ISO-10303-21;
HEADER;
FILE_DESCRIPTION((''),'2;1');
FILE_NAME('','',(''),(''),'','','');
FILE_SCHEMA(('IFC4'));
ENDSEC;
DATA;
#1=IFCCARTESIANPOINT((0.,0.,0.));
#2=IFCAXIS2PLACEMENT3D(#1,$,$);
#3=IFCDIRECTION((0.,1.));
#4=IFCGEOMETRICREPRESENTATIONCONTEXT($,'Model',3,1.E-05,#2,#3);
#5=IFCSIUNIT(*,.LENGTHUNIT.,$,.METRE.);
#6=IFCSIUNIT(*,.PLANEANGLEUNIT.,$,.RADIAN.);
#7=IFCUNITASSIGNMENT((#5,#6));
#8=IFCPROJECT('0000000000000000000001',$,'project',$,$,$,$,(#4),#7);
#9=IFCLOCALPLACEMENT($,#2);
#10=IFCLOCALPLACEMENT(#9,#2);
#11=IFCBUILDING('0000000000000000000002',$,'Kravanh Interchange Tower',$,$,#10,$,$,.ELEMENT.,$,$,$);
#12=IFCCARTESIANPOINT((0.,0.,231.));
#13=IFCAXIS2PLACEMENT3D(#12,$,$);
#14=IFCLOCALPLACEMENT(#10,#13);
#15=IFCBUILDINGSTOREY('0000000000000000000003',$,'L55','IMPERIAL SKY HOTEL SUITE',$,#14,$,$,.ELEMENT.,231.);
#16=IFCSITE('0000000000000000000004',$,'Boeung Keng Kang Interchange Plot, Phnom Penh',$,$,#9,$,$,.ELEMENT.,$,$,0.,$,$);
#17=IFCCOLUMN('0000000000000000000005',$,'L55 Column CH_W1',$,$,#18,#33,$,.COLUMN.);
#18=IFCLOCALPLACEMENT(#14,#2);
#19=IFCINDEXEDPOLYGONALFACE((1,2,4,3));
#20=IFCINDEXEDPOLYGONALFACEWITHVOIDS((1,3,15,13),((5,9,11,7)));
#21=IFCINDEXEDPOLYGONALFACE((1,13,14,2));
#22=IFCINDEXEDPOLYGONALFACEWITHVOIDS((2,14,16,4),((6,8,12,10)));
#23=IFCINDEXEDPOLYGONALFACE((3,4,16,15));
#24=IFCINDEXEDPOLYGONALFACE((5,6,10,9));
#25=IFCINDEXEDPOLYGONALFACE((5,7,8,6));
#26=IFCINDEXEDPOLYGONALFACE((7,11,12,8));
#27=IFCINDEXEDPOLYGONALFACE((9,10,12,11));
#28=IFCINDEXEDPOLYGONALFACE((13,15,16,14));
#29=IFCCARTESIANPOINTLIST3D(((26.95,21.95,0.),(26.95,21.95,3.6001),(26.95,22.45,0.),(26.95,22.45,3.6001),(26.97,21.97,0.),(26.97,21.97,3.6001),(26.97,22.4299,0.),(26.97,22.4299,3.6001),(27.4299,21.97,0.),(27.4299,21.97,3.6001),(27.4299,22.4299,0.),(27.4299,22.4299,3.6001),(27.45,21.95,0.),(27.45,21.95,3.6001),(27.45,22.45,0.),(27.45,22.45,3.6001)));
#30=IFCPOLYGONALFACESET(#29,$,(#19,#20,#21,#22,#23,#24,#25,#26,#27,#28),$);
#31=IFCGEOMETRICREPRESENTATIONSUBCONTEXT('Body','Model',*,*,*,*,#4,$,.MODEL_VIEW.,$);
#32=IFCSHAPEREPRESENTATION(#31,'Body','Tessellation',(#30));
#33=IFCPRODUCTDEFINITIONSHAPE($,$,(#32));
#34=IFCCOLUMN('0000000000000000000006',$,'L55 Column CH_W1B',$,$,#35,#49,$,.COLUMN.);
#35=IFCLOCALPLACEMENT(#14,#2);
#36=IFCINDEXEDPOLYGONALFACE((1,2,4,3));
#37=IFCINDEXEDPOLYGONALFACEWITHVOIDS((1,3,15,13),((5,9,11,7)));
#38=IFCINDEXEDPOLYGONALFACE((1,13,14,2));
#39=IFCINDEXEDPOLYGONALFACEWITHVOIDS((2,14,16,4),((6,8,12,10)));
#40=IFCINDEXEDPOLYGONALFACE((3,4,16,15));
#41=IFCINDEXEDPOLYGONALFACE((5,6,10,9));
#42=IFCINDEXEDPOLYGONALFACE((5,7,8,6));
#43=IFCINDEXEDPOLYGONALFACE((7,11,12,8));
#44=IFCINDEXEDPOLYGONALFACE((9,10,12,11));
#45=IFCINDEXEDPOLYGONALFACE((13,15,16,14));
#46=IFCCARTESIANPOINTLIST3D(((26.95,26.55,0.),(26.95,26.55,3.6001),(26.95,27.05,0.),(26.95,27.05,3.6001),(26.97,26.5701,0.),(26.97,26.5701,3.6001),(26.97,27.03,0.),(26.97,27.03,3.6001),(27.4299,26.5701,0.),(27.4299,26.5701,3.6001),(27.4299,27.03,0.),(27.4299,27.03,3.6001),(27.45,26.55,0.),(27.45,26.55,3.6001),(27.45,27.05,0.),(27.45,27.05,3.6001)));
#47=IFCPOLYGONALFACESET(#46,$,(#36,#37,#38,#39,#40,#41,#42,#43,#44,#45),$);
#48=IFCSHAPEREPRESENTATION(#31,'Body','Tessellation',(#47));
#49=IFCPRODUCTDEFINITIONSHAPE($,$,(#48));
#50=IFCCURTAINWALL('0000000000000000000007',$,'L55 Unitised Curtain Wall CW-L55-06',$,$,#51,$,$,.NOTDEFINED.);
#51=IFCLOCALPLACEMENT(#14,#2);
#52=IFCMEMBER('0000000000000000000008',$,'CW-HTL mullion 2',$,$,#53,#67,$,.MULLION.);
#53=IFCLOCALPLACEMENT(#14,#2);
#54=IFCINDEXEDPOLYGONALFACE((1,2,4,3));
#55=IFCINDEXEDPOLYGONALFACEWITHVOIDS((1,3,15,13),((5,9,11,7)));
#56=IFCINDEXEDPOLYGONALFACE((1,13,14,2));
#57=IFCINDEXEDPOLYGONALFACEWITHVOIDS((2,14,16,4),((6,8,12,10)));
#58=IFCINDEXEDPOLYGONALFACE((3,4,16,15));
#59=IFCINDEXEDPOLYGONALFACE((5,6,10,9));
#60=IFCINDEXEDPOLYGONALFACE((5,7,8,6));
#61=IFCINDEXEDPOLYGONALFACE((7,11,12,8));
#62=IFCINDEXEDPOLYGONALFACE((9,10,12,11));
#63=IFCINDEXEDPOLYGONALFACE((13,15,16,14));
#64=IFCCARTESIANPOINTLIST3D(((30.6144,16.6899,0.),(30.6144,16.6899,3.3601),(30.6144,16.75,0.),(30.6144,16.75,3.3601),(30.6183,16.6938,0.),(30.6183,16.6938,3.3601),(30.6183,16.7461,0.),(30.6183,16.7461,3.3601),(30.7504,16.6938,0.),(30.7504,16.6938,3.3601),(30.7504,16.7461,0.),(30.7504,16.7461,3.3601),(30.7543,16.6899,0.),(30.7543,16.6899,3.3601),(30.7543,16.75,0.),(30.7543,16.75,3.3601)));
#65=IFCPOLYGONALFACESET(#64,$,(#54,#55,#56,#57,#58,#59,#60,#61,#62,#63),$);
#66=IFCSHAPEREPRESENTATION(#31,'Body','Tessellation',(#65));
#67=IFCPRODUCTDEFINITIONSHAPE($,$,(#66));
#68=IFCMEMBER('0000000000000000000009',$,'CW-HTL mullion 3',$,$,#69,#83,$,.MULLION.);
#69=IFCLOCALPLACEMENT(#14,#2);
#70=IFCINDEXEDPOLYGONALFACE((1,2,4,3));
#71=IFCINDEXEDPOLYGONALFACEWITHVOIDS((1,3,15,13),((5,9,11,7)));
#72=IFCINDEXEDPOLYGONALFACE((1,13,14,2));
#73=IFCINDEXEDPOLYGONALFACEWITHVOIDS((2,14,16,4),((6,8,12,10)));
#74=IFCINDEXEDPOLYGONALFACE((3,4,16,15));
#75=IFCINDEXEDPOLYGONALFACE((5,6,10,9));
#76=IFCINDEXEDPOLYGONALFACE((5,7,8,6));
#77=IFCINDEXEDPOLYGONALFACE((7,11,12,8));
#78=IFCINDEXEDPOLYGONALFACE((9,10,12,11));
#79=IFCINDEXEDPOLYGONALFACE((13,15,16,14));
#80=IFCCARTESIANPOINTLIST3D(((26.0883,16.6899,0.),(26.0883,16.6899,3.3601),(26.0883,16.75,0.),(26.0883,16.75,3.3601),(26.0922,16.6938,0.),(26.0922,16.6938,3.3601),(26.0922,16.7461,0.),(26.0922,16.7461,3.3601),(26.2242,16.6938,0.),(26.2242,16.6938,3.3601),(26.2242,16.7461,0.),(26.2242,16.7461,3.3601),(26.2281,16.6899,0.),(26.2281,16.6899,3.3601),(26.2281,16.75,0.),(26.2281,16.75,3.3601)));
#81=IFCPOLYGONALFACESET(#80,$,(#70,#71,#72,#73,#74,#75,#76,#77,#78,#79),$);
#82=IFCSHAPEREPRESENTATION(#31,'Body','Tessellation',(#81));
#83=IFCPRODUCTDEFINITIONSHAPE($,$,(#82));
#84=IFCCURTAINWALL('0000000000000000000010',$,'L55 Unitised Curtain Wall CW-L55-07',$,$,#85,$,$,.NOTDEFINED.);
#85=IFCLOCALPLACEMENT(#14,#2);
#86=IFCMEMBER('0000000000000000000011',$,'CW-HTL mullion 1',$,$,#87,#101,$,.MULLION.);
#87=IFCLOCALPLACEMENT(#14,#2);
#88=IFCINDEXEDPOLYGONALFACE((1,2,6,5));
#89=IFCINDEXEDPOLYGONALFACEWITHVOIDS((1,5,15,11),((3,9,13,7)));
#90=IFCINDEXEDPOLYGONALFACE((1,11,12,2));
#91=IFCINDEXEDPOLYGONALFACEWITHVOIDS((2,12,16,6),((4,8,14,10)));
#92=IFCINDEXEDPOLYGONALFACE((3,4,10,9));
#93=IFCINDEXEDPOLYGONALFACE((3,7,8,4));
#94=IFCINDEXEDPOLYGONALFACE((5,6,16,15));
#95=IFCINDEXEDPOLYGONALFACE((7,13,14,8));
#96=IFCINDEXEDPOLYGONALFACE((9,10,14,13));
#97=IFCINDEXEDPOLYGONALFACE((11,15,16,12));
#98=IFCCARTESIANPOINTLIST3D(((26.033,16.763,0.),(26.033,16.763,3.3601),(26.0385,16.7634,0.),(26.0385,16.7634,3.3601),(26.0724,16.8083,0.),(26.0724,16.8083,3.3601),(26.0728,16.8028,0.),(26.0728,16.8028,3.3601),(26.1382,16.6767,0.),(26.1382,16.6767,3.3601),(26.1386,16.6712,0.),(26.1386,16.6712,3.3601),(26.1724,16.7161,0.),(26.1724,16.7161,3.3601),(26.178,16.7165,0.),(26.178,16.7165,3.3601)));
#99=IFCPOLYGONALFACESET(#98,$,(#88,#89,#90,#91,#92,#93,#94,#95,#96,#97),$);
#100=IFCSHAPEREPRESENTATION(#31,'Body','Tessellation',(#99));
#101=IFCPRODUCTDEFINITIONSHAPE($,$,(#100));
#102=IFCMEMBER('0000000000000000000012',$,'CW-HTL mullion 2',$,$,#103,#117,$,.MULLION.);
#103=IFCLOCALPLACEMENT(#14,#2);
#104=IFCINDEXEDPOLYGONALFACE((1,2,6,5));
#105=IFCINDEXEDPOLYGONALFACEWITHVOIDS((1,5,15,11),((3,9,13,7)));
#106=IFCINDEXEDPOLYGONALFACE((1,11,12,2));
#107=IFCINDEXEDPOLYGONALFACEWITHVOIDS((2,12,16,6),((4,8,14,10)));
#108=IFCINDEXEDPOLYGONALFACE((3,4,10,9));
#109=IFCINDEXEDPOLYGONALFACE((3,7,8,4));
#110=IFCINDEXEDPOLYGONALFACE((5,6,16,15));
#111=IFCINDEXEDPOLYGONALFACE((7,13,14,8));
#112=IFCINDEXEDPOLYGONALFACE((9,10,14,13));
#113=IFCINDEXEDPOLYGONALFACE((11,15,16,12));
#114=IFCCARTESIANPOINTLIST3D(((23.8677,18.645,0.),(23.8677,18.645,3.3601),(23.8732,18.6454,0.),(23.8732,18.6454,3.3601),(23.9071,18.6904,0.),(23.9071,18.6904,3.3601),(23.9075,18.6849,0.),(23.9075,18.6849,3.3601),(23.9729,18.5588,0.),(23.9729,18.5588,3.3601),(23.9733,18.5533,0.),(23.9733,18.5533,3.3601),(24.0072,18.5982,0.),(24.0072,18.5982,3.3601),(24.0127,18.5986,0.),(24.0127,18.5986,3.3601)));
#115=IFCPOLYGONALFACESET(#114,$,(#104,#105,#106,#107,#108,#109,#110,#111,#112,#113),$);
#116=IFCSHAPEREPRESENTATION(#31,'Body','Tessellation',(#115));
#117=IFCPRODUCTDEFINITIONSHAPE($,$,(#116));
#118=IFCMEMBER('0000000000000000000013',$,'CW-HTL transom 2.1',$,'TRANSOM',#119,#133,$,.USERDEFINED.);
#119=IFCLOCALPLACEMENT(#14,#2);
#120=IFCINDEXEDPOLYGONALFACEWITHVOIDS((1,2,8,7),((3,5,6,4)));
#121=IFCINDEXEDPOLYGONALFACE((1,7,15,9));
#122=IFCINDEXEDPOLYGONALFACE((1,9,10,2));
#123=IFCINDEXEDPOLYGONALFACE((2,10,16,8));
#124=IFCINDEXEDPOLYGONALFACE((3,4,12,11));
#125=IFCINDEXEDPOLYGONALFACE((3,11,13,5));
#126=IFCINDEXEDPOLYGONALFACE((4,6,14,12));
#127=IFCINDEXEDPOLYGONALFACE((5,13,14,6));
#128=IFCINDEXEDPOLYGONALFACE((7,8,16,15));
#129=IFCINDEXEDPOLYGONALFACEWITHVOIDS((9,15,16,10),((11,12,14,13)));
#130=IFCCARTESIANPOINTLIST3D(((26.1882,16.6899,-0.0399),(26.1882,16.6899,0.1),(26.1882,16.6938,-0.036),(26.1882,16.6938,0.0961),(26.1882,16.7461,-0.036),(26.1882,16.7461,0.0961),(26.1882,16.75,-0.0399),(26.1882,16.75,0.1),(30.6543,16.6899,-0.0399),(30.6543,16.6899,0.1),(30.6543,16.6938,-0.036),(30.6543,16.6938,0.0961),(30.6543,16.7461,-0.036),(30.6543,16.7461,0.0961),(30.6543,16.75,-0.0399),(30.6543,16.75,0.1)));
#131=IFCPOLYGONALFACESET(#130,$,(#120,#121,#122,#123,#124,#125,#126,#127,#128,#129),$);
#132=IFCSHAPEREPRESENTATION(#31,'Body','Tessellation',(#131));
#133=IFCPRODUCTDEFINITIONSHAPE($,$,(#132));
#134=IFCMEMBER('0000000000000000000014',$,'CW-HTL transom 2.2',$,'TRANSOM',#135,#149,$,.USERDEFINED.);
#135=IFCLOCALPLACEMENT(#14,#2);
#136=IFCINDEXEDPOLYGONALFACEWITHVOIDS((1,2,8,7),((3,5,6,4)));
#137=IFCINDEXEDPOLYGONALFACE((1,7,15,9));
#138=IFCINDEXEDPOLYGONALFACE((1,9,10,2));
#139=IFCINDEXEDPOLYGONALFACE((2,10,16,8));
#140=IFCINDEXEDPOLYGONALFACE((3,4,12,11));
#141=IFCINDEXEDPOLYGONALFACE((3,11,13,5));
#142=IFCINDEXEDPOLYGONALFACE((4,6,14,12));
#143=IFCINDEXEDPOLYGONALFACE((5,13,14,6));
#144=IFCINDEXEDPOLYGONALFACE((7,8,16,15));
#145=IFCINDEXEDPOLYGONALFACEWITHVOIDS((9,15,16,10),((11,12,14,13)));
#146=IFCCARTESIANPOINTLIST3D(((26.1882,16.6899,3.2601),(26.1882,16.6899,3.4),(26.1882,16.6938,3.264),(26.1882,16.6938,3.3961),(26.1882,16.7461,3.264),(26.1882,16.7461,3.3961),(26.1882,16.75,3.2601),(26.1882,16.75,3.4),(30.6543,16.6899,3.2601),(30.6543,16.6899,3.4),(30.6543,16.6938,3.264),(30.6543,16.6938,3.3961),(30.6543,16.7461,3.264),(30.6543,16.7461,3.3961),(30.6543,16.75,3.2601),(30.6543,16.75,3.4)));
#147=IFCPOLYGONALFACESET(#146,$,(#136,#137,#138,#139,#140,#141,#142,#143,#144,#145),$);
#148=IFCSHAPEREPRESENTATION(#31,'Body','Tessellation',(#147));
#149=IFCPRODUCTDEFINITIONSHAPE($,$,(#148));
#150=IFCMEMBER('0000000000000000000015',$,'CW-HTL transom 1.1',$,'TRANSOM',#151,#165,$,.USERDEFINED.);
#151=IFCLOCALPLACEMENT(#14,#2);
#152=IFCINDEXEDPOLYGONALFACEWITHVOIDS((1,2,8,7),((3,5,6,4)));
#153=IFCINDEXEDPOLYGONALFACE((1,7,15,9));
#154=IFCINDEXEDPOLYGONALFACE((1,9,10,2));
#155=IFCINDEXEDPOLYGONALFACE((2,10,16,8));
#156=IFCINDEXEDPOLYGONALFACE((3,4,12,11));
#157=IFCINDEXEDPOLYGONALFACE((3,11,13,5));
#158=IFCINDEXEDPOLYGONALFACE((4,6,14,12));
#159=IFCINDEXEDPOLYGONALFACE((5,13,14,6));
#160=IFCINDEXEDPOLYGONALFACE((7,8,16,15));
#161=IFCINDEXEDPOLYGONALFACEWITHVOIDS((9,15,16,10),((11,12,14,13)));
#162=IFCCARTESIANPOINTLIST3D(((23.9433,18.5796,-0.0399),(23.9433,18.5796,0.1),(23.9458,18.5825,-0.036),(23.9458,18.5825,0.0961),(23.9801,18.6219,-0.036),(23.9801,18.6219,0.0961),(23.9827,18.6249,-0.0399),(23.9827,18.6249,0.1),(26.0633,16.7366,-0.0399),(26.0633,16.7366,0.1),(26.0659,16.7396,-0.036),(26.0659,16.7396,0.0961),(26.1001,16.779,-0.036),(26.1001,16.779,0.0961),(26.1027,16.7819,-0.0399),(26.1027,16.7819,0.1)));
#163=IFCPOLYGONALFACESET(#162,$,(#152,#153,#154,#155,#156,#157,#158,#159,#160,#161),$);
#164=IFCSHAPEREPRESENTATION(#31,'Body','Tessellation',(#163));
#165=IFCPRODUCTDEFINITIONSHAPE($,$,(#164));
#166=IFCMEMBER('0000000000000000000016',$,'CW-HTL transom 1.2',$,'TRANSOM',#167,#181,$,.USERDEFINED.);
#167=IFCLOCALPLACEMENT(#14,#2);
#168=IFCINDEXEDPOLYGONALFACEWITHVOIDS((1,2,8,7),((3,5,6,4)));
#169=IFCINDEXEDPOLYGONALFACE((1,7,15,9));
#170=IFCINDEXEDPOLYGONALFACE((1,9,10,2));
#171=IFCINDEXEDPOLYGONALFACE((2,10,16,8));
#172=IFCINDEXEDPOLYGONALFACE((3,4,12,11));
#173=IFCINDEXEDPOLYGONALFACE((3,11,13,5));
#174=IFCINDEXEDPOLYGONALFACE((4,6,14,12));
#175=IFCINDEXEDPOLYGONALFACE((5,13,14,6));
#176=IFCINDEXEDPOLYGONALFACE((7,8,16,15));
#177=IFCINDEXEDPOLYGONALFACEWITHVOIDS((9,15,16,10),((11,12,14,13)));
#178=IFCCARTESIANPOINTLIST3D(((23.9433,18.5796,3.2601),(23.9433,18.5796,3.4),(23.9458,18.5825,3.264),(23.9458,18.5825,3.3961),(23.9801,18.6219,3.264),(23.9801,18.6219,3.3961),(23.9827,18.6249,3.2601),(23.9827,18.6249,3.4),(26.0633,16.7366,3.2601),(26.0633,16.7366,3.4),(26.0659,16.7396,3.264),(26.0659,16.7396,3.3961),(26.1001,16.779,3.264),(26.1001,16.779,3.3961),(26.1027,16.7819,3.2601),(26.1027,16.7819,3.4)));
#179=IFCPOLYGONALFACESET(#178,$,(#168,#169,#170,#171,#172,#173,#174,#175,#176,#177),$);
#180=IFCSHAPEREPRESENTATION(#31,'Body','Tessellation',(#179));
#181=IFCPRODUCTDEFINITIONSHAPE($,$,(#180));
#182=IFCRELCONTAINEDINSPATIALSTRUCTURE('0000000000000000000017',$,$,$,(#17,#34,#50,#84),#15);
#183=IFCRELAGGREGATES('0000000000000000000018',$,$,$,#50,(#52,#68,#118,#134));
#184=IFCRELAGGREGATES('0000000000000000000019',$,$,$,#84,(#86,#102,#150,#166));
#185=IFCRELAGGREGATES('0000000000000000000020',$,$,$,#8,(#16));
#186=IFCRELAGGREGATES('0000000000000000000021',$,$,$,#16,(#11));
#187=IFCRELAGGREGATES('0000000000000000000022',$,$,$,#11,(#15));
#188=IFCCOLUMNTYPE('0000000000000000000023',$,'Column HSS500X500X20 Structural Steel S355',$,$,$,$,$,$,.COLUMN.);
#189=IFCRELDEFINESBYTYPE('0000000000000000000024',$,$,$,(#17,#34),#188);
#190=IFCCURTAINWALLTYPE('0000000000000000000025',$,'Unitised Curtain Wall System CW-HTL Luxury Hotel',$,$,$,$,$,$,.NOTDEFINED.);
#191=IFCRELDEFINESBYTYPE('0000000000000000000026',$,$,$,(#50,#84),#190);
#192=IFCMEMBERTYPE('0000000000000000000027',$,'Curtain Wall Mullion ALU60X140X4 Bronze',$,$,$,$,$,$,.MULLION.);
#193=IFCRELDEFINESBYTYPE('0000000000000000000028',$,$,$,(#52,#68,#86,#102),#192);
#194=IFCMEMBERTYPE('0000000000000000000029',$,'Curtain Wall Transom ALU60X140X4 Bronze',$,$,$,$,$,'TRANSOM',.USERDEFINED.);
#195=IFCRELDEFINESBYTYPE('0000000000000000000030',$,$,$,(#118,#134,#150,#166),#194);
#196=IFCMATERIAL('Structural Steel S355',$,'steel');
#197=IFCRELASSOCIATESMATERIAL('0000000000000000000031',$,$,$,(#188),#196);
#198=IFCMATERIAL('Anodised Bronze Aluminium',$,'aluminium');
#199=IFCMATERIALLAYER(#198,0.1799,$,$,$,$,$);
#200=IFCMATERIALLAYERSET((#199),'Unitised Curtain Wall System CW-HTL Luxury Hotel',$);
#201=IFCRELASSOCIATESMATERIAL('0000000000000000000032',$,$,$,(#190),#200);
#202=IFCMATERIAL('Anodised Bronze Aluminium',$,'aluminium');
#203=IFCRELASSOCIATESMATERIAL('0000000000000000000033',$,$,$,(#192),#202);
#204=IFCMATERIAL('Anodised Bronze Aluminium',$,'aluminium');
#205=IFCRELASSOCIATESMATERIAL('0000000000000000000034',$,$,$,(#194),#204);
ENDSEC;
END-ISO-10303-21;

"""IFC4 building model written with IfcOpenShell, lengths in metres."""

from ifc_helpers import new_model, si_unit, direction, frame, origin, origin_2d, place, context, subcontext, project, spatial, hollow_rectangle, extrude, material, layer, layer_set, material_profile, profile_set, type_object, element, aggregate, save


model = new_model("IFC4")

# Units and contexts
model_context = context("Model", 3, precision=1e-05, world=origin(), true_north=direction((0.0, 1.0)))
body_context = subcontext(model_context, "Body", "Model", "MODEL_VIEW")
ifc_project = project(units=[si_unit("LENGTHUNIT", "METRE"), si_unit("PLANEANGLEUNIT", "RADIAN")], contexts=[model_context])

# Site, building, storey
site_placement = place(None, origin())
site = spatial("IfcSite", under=ifc_project, at=site_placement, Name="Boeung Keng Kang Interchange Plot, Phnom Penh", CompositionType="ELEMENT", RefElevation=0.0)
building_placement = place(site_placement, origin())
building = spatial("IfcBuilding", under=site, at=building_placement, Name="Kravanh Interchange Tower", CompositionType="ELEMENT")
storey_placement = place(building_placement, frame((0.0, 0.0, 231.0)))
storey = spatial("IfcBuildingStorey", under=building, at=storey_placement, Name="L55", Description="IMPERIAL SKY HOTEL SUITE", CompositionType="ELEMENT", Elevation=231.0)

# Columns
ifc_material_1 = material(Name="Structural Steel S355", Category="steel")
ifc_material_profile_1 = material_profile(ifc_material_1, hollow_rectangle(XDim=0.5, YDim=0.5, WallThickness=0.02, at=origin_2d()), Name="HSS500X500X20")
ifc_profile_set_1 = profile_set([ifc_material_profile_1], Name="Structural Steel S355")
column_type = type_object("IfcColumnType", Name="Column HSS500X500X20 Structural Steel S355", PredefinedType="COLUMN", material=ifc_profile_set_1)
for number, where, z_axis, x_axis, name in (
    (1, (27.2, 22.2, 0.0), (0.0, 0.0, 1.0), (1.0, 0.0, 0.0), "L55 Column CH_W1"),
    (2, (27.2, 26.8, 0.0), (0.0, 0.0, 1.0), (1.0, 0.0, 0.0), "L55 Column CH_W1B"),
):
    element("IfcColumn", number, at=place(storey_placement, frame(where, z_axis=z_axis, x_axis=x_axis)), inside=storey, type_object=column_type, Name=name, PredefinedType="COLUMN", context=body_context, shape_type="SweptSolid", body=[
        extrude(hollow_rectangle(XDim=0.5, YDim=0.5, WallThickness=0.02, at=origin_2d()), origin(), (0.0, 0.0, 1.0), 3.6001),
    ])

# Curtain walls, members
ifc_material_2 = material(Name="Anodised Bronze Aluminium", Category="aluminium")
ifc_layer_1 = layer(ifc_material_2, 0.1799)
ifc_layer_set_1 = layer_set([ifc_layer_1], Name="Unitised Curtain Wall System CW-HTL Luxury Hotel")
curtain_wall_type = type_object("IfcCurtainWallType", Name="Unitised Curtain Wall System CW-HTL Luxury Hotel", PredefinedType="NOTDEFINED", material=ifc_layer_set_1)
curtain_wall_1_placement = place(storey_placement, origin())
curtain_wall_1 = element("IfcCurtainWall", 3, at=curtain_wall_1_placement, inside=storey, type_object=curtain_wall_type, Name="L55 Unitised Curtain Wall CW-L55-06", PredefinedType="NOTDEFINED")
ifc_material_3 = material(Name="Anodised Bronze Aluminium", Category="aluminium")
ifc_material_profile_2 = material_profile(ifc_material_3, hollow_rectangle(XDim=0.0601, YDim=0.1399, WallThickness=0.0039, at=origin_2d()), Name="ALU60X140X4")
ifc_profile_set_2 = profile_set([ifc_material_profile_2], Name="Anodised Bronze Aluminium")
member_type_1 = type_object("IfcMemberType", Name="Curtain Wall Mullion ALU60X140X4 Bronze", PredefinedType="MULLION", material=ifc_profile_set_2)
member_1_placement = place(storey_placement, frame((30.6843, 16.72, 0.0), z_axis=(0.0, 0.0, 1.0), x_axis=(0.0, -1.0, 0.0)))
member_1 = element("IfcMember", 4, at=member_1_placement, type_object=member_type_1, Name="CW-HTL mullion 2", PredefinedType="MULLION", context=body_context, shape_type="SweptSolid", body=[
    extrude(hollow_rectangle(XDim=0.0601, YDim=0.1399, WallThickness=0.0039, at=origin_2d()), origin(), (0.0, 0.0, 1.0), 3.3601),
])
member_2_placement = place(storey_placement, frame((26.1582, 16.72, 0.0), z_axis=(0.0, 0.0, 1.0), x_axis=(0.0, -1.0, 0.0)))
member_2 = element("IfcMember", 5, at=member_2_placement, type_object=member_type_1, Name="CW-HTL mullion 3", PredefinedType="MULLION", context=body_context, shape_type="SweptSolid", body=[
    extrude(hollow_rectangle(XDim=0.0601, YDim=0.1399, WallThickness=0.0039, at=origin_2d()), origin(), (0.0, 0.0, 1.0), 3.3601),
])
curtain_wall_2_placement = place(storey_placement, origin())
curtain_wall_2 = element("IfcCurtainWall", 6, at=curtain_wall_2_placement, inside=storey, type_object=curtain_wall_type, Name="L55 Unitised Curtain Wall CW-L55-07", PredefinedType="NOTDEFINED")
member_3_placement = place(storey_placement, frame((26.1055, 16.7397, 0.0), z_axis=(0.0, 0.0, 1.0), x_axis=(-0.656033, -0.754732, 0.0)))
member_3 = element("IfcMember", 7, at=member_3_placement, type_object=member_type_1, Name="CW-HTL mullion 1", PredefinedType="MULLION", context=body_context, shape_type="SweptSolid", body=[
    extrude(hollow_rectangle(XDim=0.0601, YDim=0.1399, WallThickness=0.0039, at=origin_2d()), origin(), (0.0, 0.0, 1.0), 3.3601),
])
member_4_placement = place(storey_placement, frame((23.9402, 18.6218, 0.0), z_axis=(0.0, 0.0, 1.0), x_axis=(-0.656033, -0.754732, 0.0)))
member_4 = element("IfcMember", 8, at=member_4_placement, type_object=member_type_1, Name="CW-HTL mullion 2", PredefinedType="MULLION", context=body_context, shape_type="SweptSolid", body=[
    extrude(hollow_rectangle(XDim=0.0601, YDim=0.1399, WallThickness=0.0039, at=origin_2d()), origin(), (0.0, 0.0, 1.0), 3.3601),
])

# Members
ifc_material_4 = material(Name="Anodised Bronze Aluminium", Category="aluminium")
ifc_material_profile_3 = material_profile(ifc_material_4, hollow_rectangle(XDim=0.0601, YDim=0.1399, WallThickness=0.0039, at=origin_2d()), Name="ALU60X140X4")
ifc_profile_set_3 = profile_set([ifc_material_profile_3], Name="Anodised Bronze Aluminium")
member_type_2 = type_object("IfcMemberType", Name="Curtain Wall Transom ALU60X140X4 Bronze", ElementType="TRANSOM", PredefinedType="USERDEFINED", material=ifc_profile_set_3)
member_5_placement = place(storey_placement, frame((30.6543, 16.72, 0.03), z_axis=(-1.0, 0.0, 0.0), x_axis=(0.0, -1.0, 0.0)))
member_5 = element("IfcMember", 9, at=member_5_placement, type_object=member_type_2, Name="CW-HTL transom 2.1", ObjectType="TRANSOM", PredefinedType="USERDEFINED", context=body_context, shape_type="SweptSolid", body=[
    extrude(hollow_rectangle(XDim=0.0601, YDim=0.1399, WallThickness=0.0039, at=origin_2d()), origin(), (0.0, 0.0, 1.0), 4.4661),
])
member_6_placement = place(storey_placement, frame((30.6543, 16.72, 3.3301), z_axis=(-1.0, 0.0, 0.0), x_axis=(0.0, -1.0, 0.0)))
member_6 = element("IfcMember", 10, at=member_6_placement, type_object=member_type_2, Name="CW-HTL transom 2.2", ObjectType="TRANSOM", PredefinedType="USERDEFINED", context=body_context, shape_type="SweptSolid", body=[
    extrude(hollow_rectangle(XDim=0.0601, YDim=0.1399, WallThickness=0.0039, at=origin_2d()), origin(), (0.0, 0.0, 1.0), 4.4661),
])
member_7_placement = place(storey_placement, frame((26.083, 16.7593, 0.03), z_axis=(-0.754705, 0.656065, 0.0), x_axis=(-0.656065, -0.754705, 0.0)))
member_7 = element("IfcMember", 11, at=member_7_placement, type_object=member_type_2, Name="CW-HTL transom 1.1", ObjectType="TRANSOM", PredefinedType="USERDEFINED", context=body_context, shape_type="SweptSolid", body=[
    extrude(hollow_rectangle(XDim=0.0601, YDim=0.1399, WallThickness=0.0039, at=origin_2d()), origin(), (0.0, 0.0, 1.0), 2.8091),
])
member_8_placement = place(storey_placement, frame((26.083, 16.7593, 3.3301), z_axis=(-0.754705, 0.656065, 0.0), x_axis=(-0.656065, -0.754705, 0.0)))
member_8 = element("IfcMember", 12, at=member_8_placement, type_object=member_type_2, Name="CW-HTL transom 1.2", ObjectType="TRANSOM", PredefinedType="USERDEFINED", context=body_context, shape_type="SweptSolid", body=[
    extrude(hollow_rectangle(XDim=0.0601, YDim=0.1399, WallThickness=0.0039, at=origin_2d()), origin(), (0.0, 0.0, 1.0), 2.8091),
])

aggregate(curtain_wall_1, [member_1, member_2, member_5, member_6])
aggregate(curtain_wall_2, [member_3, member_4, member_7, member_8])

save(model, "model.ifc")
